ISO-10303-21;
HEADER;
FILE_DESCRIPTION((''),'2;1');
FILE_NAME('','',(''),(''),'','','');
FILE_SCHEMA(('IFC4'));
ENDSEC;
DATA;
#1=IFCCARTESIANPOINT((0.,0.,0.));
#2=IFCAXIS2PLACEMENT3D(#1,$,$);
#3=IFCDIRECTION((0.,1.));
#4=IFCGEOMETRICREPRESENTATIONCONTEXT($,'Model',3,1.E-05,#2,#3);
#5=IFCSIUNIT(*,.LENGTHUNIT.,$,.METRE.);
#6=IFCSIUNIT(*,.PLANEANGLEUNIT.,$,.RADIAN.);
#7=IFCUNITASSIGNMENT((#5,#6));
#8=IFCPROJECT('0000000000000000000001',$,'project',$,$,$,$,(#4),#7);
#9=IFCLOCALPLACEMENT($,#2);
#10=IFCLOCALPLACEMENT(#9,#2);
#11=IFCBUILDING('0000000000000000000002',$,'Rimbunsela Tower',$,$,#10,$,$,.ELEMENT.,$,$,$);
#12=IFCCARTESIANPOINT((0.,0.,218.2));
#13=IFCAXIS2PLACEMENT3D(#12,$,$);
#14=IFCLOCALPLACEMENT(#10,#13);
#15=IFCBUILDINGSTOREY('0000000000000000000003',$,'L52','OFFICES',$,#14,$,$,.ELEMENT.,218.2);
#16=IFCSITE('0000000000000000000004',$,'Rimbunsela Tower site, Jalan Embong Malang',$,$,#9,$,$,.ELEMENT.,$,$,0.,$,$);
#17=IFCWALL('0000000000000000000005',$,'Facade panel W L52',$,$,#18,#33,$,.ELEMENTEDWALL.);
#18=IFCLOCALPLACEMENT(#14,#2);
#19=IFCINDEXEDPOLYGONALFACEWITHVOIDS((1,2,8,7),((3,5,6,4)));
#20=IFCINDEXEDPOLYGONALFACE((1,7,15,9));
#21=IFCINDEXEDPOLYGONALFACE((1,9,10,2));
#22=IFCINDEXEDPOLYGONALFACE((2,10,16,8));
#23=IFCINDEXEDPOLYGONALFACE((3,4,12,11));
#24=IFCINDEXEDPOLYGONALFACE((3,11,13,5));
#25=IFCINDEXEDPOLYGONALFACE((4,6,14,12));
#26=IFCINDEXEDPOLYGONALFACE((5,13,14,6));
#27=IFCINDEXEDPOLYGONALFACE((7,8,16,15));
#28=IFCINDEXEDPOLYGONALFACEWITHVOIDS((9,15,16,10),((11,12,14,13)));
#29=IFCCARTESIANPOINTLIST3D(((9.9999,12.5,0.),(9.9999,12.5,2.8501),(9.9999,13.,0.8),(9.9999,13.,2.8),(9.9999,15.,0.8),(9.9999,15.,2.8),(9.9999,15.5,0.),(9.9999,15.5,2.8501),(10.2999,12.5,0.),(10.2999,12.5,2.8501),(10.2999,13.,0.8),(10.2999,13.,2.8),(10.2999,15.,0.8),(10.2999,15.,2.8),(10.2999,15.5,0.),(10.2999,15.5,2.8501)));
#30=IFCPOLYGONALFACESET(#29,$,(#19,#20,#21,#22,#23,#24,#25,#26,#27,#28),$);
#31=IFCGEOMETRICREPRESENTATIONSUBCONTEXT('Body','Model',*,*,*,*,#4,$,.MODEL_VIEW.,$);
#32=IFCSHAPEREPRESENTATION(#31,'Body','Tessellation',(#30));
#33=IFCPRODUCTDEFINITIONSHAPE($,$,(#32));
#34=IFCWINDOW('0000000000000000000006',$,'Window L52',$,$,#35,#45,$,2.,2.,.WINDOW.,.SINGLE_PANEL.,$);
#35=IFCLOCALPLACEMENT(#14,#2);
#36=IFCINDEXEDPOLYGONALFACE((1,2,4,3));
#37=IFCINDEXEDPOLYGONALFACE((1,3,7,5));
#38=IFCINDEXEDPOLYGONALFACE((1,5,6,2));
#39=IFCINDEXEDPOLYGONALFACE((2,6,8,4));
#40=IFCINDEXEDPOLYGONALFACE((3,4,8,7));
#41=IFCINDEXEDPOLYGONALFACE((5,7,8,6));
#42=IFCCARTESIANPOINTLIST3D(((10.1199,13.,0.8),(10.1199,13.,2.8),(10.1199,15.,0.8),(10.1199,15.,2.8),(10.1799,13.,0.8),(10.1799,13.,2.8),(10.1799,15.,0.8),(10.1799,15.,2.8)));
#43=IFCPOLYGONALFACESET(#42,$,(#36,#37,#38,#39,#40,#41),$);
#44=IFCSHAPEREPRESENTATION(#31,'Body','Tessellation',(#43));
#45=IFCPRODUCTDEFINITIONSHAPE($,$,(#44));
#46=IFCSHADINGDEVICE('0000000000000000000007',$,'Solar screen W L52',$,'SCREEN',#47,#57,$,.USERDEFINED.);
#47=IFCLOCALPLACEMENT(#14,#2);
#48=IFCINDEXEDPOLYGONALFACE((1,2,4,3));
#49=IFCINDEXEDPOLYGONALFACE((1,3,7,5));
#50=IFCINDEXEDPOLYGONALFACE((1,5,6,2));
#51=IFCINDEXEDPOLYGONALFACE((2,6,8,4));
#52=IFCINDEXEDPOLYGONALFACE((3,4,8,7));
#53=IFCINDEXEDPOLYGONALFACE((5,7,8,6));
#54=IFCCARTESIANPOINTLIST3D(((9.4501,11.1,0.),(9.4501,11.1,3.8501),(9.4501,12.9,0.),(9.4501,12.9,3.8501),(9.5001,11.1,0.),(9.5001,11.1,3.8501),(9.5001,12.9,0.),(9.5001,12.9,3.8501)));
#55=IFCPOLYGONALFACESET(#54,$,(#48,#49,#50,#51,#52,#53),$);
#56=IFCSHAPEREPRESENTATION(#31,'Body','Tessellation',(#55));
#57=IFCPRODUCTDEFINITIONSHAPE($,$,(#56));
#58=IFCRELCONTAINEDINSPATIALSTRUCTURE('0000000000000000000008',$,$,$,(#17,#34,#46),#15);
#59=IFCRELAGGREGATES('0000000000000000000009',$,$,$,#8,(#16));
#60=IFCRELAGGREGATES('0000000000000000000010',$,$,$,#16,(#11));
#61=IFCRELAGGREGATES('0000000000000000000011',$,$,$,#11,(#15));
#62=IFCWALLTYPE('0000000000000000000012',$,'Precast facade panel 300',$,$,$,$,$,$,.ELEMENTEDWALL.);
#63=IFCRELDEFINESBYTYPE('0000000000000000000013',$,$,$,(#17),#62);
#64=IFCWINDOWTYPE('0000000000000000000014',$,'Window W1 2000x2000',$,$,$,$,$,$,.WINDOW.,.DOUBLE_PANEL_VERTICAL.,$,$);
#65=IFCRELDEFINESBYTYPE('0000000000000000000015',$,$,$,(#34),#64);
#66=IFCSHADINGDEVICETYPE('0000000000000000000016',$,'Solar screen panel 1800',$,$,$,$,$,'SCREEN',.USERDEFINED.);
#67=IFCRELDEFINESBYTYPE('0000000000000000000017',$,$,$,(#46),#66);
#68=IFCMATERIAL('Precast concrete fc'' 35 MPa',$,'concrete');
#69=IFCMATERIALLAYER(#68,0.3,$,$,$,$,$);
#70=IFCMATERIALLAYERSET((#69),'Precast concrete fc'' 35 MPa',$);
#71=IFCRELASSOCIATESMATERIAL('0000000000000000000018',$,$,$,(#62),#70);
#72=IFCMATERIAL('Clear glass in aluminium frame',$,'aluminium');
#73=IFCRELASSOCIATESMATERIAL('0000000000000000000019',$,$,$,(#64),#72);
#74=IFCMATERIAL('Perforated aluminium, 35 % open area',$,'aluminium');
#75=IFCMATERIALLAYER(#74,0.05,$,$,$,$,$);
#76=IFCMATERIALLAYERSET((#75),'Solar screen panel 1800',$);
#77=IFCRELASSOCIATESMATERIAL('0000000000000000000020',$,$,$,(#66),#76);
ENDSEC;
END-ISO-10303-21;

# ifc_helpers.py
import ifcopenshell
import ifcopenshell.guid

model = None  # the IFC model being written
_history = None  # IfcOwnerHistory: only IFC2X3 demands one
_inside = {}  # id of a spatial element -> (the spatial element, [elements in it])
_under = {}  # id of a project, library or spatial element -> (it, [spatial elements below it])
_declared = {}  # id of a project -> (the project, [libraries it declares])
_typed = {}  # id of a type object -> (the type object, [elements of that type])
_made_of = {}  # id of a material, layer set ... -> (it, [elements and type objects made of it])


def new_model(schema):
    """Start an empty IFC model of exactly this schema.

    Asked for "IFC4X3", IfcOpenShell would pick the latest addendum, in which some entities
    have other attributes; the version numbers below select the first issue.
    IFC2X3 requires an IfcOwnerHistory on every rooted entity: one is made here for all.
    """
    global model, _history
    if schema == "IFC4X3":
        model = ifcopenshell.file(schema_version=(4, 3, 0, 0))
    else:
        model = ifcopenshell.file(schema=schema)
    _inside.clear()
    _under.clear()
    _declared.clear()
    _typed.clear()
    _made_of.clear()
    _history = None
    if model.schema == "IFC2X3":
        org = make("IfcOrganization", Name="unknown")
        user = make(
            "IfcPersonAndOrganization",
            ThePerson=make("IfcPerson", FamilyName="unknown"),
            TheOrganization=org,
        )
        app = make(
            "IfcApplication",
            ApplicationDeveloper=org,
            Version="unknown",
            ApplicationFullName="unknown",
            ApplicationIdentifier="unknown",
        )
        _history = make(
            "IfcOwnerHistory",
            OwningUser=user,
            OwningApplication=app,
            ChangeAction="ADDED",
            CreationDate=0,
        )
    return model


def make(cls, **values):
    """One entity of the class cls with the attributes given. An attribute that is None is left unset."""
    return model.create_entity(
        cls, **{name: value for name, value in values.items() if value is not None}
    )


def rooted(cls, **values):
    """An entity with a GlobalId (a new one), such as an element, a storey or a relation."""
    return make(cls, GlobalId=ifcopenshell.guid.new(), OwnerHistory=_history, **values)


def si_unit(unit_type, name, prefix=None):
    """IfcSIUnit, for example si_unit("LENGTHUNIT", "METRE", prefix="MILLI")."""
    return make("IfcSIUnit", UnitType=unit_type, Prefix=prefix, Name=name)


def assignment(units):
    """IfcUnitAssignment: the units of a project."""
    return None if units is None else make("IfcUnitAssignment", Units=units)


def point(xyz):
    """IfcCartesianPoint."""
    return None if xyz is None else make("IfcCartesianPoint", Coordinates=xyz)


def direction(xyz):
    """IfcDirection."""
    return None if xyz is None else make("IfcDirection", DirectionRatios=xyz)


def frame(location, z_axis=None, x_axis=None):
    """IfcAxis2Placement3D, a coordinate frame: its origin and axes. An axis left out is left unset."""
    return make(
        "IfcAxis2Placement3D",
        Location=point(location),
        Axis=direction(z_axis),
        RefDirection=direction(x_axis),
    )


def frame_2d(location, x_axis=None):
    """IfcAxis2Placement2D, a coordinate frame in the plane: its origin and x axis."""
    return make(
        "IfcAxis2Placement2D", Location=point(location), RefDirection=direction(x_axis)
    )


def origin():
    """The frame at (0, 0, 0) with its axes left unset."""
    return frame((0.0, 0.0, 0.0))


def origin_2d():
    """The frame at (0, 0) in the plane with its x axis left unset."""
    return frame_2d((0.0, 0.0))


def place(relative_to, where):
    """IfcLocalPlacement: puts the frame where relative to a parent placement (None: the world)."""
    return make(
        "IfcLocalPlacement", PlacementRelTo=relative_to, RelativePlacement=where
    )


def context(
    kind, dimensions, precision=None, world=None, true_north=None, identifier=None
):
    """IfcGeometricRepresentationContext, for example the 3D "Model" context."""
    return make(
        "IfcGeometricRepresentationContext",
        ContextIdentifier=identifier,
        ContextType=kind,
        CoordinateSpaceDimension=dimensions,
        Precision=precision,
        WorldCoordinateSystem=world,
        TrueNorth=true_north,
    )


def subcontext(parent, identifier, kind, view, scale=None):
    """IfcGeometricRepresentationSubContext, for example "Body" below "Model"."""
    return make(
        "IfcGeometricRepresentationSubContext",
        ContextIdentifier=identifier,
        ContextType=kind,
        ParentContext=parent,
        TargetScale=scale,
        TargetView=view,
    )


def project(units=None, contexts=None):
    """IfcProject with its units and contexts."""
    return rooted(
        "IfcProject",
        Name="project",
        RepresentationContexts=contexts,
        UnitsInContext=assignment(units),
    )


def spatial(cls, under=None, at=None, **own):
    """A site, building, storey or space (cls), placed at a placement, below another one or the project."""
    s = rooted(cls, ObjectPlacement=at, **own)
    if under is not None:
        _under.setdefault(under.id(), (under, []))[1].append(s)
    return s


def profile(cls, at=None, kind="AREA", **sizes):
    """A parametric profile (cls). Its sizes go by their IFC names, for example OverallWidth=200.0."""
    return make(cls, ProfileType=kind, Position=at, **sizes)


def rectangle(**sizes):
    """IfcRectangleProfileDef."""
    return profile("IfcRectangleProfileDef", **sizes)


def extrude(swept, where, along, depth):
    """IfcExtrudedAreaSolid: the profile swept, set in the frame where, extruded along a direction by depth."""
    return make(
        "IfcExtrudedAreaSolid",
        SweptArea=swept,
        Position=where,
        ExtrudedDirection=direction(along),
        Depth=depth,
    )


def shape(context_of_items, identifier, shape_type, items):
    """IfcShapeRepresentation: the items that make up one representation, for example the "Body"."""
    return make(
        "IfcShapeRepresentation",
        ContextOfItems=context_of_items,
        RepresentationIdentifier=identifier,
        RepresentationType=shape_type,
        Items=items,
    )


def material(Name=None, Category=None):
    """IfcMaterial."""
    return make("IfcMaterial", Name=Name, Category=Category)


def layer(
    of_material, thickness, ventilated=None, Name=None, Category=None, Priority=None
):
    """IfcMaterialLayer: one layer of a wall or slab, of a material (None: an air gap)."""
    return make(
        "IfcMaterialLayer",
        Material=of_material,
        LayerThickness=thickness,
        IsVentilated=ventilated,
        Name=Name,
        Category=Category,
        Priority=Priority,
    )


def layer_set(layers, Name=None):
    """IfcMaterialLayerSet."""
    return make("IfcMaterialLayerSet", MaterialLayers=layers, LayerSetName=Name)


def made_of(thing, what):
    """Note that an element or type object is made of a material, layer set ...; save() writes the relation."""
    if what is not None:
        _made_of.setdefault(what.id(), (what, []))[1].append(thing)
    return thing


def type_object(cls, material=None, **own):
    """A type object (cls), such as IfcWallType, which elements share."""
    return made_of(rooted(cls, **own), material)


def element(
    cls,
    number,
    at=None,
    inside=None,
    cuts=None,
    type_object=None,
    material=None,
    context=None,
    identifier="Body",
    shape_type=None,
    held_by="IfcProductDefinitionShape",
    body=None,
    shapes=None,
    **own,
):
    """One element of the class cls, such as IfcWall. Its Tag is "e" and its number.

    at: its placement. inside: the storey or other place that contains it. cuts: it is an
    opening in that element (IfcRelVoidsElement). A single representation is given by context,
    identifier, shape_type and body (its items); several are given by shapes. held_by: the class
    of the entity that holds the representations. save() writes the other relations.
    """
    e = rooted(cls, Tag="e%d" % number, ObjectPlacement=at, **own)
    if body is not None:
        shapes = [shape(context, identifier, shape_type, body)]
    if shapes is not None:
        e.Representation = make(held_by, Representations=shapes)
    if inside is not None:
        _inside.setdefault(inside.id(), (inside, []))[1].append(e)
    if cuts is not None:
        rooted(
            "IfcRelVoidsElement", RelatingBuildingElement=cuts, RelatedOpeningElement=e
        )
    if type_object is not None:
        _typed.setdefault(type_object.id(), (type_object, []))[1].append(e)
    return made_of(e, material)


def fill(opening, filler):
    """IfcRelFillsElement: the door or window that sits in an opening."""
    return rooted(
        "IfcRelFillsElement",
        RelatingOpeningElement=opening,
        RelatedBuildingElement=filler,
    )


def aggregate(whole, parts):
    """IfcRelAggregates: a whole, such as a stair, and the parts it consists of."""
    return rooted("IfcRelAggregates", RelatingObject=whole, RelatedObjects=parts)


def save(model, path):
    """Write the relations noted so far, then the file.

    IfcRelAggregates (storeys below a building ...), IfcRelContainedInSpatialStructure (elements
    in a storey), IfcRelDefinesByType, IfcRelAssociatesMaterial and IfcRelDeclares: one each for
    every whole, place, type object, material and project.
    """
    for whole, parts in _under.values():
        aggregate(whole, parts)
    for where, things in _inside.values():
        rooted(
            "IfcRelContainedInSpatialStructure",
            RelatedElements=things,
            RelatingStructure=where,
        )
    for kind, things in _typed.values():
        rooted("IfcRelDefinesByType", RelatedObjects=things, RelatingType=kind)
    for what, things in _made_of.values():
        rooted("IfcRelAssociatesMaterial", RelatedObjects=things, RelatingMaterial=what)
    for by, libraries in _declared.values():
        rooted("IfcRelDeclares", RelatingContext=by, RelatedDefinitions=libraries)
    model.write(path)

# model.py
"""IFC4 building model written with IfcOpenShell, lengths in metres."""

from ifc_helpers import new_model, si_unit, direction, frame, frame_2d, origin, origin_2d, place, context, subcontext, project, spatial, rectangle, extrude, material, layer, layer_set, type_object, element, fill, save


model = new_model("IFC4")

# Units and contexts
model_context = context("Model", 3, precision=1e-05, world=origin(), true_north=direction((0.0, 1.0)))
body_context = subcontext(model_context, "Body", "Model", "MODEL_VIEW")
ifc_project = project(units=[si_unit("LENGTHUNIT", "METRE"), si_unit("PLANEANGLEUNIT", "RADIAN")], contexts=[model_context])

# Site, building, storey
site_placement = place(None, origin())
site = spatial("IfcSite", under=ifc_project, at=site_placement, Name="Rimbunsela Tower site, Jalan Embong Malang", CompositionType="ELEMENT", RefElevation=0.0)
building_placement = place(site_placement, origin())
building = spatial("IfcBuilding", under=site, at=building_placement, Name="Rimbunsela Tower", CompositionType="ELEMENT")
storey_placement = place(building_placement, frame((0.0, 0.0, 218.2)))
storey = spatial("IfcBuildingStorey", under=building, at=storey_placement, Name="L52", Description="OFFICES", CompositionType="ELEMENT", Elevation=218.2)

# Shared definitions
ifc_material_1 = material(Name="Precast concrete fc' 35 MPa", Category="concrete")
ifc_layer_1 = layer(ifc_material_1, 0.3)
ifc_layer_set_1 = layer_set([ifc_layer_1], Name="Precast concrete fc' 35 MPa")
wall_type = type_object("IfcWallType", Name="Precast facade panel 300", PredefinedType="ELEMENTEDWALL", material=ifc_layer_set_1)

# Shared definitions
ifc_material_2 = material(Name="Clear glass in aluminium frame", Category="aluminium")
window_type = type_object("IfcWindowType", Name="Window W1 2000x2000", PartitioningType="DOUBLE_PANEL_VERTICAL", PredefinedType="WINDOW", material=ifc_material_2)

# Wall, opening, window
wall_1_placement = place(storey_placement, frame((10.1499, 15.5, 0.0), z_axis=(0.0, 0.0, 1.0), x_axis=(0.0, -1.0, 0.0)))
wall_1 = element("IfcWall", 1, at=wall_1_placement, inside=storey, type_object=wall_type, Name="Facade panel W L52", PredefinedType="ELEMENTEDWALL", context=body_context, shape_type="SweptSolid", body=[
    extrude(rectangle(XDim=3.0, YDim=0.3, at=frame_2d((1.5, 0.0))), origin(), (0.0, 0.0, 1.0), 2.8501),
])
opening_1_placement = place(wall_1_placement, frame((0.5, 0.0, 0.8)))
opening_1 = element("IfcOpeningElement", 2, at=opening_1_placement, cuts=wall_1, PredefinedType="OPENING", context=body_context, shape_type="SweptSolid", body=[
    extrude(rectangle(XDim=2.0, YDim=2.0, at=frame_2d((1.0, 1.0))), frame((0.0, 0.1599, 0.0), z_axis=(0.0, -1.0, 0.0), x_axis=(1.0, 0.0, 0.0)), (0.0, 0.0, 1.0), 0.3201),
])
window_1_placement = place(opening_1_placement, origin())
window_1 = element("IfcWindow", 3, at=window_1_placement, inside=storey, type_object=window_type, Name="Window L52", OverallHeight=2.0, OverallWidth=2.0, PartitioningType="SINGLE_PANEL", PredefinedType="WINDOW", context=body_context, shape_type="SweptSolid", body=[
    extrude(rectangle(XDim=2.0, YDim=2.0, at=frame_2d((1.0, 1.0))), frame((0.0, 0.03, 0.0), z_axis=(0.0, -1.0, 0.0), x_axis=(1.0, 0.0, 0.0)), (0.0, 0.0, 1.0), 0.0601),
])
fill(opening_1, window_1)

# Shading device
ifc_material_3 = material(Name="Perforated aluminium, 35 % open area", Category="aluminium")
ifc_layer_2 = layer(ifc_material_3, 0.05)
ifc_layer_set_2 = layer_set([ifc_layer_2], Name="Solar screen panel 1800")
shading_device_type = type_object("IfcShadingDeviceType", Name="Solar screen panel 1800", ElementType="SCREEN", PredefinedType="USERDEFINED", material=ifc_layer_set_2)
shading_device_placement = place(storey_placement, frame((9.4751, 12.0, 0.0), z_axis=(0.0, 0.0, 1.0), x_axis=(0.0, 1.0, 0.0)))
element("IfcShadingDevice", 4, at=shading_device_placement, inside=storey, type_object=shading_device_type, Name="Solar screen W L52", ObjectType="SCREEN", PredefinedType="USERDEFINED", context=body_context, shape_type="SweptSolid", body=[
    extrude(rectangle(XDim=1.8, YDim=0.05, at=origin_2d()), origin(), (0.0, 0.0, 1.0), 3.8501),
])

save(model, "model.ifc")
